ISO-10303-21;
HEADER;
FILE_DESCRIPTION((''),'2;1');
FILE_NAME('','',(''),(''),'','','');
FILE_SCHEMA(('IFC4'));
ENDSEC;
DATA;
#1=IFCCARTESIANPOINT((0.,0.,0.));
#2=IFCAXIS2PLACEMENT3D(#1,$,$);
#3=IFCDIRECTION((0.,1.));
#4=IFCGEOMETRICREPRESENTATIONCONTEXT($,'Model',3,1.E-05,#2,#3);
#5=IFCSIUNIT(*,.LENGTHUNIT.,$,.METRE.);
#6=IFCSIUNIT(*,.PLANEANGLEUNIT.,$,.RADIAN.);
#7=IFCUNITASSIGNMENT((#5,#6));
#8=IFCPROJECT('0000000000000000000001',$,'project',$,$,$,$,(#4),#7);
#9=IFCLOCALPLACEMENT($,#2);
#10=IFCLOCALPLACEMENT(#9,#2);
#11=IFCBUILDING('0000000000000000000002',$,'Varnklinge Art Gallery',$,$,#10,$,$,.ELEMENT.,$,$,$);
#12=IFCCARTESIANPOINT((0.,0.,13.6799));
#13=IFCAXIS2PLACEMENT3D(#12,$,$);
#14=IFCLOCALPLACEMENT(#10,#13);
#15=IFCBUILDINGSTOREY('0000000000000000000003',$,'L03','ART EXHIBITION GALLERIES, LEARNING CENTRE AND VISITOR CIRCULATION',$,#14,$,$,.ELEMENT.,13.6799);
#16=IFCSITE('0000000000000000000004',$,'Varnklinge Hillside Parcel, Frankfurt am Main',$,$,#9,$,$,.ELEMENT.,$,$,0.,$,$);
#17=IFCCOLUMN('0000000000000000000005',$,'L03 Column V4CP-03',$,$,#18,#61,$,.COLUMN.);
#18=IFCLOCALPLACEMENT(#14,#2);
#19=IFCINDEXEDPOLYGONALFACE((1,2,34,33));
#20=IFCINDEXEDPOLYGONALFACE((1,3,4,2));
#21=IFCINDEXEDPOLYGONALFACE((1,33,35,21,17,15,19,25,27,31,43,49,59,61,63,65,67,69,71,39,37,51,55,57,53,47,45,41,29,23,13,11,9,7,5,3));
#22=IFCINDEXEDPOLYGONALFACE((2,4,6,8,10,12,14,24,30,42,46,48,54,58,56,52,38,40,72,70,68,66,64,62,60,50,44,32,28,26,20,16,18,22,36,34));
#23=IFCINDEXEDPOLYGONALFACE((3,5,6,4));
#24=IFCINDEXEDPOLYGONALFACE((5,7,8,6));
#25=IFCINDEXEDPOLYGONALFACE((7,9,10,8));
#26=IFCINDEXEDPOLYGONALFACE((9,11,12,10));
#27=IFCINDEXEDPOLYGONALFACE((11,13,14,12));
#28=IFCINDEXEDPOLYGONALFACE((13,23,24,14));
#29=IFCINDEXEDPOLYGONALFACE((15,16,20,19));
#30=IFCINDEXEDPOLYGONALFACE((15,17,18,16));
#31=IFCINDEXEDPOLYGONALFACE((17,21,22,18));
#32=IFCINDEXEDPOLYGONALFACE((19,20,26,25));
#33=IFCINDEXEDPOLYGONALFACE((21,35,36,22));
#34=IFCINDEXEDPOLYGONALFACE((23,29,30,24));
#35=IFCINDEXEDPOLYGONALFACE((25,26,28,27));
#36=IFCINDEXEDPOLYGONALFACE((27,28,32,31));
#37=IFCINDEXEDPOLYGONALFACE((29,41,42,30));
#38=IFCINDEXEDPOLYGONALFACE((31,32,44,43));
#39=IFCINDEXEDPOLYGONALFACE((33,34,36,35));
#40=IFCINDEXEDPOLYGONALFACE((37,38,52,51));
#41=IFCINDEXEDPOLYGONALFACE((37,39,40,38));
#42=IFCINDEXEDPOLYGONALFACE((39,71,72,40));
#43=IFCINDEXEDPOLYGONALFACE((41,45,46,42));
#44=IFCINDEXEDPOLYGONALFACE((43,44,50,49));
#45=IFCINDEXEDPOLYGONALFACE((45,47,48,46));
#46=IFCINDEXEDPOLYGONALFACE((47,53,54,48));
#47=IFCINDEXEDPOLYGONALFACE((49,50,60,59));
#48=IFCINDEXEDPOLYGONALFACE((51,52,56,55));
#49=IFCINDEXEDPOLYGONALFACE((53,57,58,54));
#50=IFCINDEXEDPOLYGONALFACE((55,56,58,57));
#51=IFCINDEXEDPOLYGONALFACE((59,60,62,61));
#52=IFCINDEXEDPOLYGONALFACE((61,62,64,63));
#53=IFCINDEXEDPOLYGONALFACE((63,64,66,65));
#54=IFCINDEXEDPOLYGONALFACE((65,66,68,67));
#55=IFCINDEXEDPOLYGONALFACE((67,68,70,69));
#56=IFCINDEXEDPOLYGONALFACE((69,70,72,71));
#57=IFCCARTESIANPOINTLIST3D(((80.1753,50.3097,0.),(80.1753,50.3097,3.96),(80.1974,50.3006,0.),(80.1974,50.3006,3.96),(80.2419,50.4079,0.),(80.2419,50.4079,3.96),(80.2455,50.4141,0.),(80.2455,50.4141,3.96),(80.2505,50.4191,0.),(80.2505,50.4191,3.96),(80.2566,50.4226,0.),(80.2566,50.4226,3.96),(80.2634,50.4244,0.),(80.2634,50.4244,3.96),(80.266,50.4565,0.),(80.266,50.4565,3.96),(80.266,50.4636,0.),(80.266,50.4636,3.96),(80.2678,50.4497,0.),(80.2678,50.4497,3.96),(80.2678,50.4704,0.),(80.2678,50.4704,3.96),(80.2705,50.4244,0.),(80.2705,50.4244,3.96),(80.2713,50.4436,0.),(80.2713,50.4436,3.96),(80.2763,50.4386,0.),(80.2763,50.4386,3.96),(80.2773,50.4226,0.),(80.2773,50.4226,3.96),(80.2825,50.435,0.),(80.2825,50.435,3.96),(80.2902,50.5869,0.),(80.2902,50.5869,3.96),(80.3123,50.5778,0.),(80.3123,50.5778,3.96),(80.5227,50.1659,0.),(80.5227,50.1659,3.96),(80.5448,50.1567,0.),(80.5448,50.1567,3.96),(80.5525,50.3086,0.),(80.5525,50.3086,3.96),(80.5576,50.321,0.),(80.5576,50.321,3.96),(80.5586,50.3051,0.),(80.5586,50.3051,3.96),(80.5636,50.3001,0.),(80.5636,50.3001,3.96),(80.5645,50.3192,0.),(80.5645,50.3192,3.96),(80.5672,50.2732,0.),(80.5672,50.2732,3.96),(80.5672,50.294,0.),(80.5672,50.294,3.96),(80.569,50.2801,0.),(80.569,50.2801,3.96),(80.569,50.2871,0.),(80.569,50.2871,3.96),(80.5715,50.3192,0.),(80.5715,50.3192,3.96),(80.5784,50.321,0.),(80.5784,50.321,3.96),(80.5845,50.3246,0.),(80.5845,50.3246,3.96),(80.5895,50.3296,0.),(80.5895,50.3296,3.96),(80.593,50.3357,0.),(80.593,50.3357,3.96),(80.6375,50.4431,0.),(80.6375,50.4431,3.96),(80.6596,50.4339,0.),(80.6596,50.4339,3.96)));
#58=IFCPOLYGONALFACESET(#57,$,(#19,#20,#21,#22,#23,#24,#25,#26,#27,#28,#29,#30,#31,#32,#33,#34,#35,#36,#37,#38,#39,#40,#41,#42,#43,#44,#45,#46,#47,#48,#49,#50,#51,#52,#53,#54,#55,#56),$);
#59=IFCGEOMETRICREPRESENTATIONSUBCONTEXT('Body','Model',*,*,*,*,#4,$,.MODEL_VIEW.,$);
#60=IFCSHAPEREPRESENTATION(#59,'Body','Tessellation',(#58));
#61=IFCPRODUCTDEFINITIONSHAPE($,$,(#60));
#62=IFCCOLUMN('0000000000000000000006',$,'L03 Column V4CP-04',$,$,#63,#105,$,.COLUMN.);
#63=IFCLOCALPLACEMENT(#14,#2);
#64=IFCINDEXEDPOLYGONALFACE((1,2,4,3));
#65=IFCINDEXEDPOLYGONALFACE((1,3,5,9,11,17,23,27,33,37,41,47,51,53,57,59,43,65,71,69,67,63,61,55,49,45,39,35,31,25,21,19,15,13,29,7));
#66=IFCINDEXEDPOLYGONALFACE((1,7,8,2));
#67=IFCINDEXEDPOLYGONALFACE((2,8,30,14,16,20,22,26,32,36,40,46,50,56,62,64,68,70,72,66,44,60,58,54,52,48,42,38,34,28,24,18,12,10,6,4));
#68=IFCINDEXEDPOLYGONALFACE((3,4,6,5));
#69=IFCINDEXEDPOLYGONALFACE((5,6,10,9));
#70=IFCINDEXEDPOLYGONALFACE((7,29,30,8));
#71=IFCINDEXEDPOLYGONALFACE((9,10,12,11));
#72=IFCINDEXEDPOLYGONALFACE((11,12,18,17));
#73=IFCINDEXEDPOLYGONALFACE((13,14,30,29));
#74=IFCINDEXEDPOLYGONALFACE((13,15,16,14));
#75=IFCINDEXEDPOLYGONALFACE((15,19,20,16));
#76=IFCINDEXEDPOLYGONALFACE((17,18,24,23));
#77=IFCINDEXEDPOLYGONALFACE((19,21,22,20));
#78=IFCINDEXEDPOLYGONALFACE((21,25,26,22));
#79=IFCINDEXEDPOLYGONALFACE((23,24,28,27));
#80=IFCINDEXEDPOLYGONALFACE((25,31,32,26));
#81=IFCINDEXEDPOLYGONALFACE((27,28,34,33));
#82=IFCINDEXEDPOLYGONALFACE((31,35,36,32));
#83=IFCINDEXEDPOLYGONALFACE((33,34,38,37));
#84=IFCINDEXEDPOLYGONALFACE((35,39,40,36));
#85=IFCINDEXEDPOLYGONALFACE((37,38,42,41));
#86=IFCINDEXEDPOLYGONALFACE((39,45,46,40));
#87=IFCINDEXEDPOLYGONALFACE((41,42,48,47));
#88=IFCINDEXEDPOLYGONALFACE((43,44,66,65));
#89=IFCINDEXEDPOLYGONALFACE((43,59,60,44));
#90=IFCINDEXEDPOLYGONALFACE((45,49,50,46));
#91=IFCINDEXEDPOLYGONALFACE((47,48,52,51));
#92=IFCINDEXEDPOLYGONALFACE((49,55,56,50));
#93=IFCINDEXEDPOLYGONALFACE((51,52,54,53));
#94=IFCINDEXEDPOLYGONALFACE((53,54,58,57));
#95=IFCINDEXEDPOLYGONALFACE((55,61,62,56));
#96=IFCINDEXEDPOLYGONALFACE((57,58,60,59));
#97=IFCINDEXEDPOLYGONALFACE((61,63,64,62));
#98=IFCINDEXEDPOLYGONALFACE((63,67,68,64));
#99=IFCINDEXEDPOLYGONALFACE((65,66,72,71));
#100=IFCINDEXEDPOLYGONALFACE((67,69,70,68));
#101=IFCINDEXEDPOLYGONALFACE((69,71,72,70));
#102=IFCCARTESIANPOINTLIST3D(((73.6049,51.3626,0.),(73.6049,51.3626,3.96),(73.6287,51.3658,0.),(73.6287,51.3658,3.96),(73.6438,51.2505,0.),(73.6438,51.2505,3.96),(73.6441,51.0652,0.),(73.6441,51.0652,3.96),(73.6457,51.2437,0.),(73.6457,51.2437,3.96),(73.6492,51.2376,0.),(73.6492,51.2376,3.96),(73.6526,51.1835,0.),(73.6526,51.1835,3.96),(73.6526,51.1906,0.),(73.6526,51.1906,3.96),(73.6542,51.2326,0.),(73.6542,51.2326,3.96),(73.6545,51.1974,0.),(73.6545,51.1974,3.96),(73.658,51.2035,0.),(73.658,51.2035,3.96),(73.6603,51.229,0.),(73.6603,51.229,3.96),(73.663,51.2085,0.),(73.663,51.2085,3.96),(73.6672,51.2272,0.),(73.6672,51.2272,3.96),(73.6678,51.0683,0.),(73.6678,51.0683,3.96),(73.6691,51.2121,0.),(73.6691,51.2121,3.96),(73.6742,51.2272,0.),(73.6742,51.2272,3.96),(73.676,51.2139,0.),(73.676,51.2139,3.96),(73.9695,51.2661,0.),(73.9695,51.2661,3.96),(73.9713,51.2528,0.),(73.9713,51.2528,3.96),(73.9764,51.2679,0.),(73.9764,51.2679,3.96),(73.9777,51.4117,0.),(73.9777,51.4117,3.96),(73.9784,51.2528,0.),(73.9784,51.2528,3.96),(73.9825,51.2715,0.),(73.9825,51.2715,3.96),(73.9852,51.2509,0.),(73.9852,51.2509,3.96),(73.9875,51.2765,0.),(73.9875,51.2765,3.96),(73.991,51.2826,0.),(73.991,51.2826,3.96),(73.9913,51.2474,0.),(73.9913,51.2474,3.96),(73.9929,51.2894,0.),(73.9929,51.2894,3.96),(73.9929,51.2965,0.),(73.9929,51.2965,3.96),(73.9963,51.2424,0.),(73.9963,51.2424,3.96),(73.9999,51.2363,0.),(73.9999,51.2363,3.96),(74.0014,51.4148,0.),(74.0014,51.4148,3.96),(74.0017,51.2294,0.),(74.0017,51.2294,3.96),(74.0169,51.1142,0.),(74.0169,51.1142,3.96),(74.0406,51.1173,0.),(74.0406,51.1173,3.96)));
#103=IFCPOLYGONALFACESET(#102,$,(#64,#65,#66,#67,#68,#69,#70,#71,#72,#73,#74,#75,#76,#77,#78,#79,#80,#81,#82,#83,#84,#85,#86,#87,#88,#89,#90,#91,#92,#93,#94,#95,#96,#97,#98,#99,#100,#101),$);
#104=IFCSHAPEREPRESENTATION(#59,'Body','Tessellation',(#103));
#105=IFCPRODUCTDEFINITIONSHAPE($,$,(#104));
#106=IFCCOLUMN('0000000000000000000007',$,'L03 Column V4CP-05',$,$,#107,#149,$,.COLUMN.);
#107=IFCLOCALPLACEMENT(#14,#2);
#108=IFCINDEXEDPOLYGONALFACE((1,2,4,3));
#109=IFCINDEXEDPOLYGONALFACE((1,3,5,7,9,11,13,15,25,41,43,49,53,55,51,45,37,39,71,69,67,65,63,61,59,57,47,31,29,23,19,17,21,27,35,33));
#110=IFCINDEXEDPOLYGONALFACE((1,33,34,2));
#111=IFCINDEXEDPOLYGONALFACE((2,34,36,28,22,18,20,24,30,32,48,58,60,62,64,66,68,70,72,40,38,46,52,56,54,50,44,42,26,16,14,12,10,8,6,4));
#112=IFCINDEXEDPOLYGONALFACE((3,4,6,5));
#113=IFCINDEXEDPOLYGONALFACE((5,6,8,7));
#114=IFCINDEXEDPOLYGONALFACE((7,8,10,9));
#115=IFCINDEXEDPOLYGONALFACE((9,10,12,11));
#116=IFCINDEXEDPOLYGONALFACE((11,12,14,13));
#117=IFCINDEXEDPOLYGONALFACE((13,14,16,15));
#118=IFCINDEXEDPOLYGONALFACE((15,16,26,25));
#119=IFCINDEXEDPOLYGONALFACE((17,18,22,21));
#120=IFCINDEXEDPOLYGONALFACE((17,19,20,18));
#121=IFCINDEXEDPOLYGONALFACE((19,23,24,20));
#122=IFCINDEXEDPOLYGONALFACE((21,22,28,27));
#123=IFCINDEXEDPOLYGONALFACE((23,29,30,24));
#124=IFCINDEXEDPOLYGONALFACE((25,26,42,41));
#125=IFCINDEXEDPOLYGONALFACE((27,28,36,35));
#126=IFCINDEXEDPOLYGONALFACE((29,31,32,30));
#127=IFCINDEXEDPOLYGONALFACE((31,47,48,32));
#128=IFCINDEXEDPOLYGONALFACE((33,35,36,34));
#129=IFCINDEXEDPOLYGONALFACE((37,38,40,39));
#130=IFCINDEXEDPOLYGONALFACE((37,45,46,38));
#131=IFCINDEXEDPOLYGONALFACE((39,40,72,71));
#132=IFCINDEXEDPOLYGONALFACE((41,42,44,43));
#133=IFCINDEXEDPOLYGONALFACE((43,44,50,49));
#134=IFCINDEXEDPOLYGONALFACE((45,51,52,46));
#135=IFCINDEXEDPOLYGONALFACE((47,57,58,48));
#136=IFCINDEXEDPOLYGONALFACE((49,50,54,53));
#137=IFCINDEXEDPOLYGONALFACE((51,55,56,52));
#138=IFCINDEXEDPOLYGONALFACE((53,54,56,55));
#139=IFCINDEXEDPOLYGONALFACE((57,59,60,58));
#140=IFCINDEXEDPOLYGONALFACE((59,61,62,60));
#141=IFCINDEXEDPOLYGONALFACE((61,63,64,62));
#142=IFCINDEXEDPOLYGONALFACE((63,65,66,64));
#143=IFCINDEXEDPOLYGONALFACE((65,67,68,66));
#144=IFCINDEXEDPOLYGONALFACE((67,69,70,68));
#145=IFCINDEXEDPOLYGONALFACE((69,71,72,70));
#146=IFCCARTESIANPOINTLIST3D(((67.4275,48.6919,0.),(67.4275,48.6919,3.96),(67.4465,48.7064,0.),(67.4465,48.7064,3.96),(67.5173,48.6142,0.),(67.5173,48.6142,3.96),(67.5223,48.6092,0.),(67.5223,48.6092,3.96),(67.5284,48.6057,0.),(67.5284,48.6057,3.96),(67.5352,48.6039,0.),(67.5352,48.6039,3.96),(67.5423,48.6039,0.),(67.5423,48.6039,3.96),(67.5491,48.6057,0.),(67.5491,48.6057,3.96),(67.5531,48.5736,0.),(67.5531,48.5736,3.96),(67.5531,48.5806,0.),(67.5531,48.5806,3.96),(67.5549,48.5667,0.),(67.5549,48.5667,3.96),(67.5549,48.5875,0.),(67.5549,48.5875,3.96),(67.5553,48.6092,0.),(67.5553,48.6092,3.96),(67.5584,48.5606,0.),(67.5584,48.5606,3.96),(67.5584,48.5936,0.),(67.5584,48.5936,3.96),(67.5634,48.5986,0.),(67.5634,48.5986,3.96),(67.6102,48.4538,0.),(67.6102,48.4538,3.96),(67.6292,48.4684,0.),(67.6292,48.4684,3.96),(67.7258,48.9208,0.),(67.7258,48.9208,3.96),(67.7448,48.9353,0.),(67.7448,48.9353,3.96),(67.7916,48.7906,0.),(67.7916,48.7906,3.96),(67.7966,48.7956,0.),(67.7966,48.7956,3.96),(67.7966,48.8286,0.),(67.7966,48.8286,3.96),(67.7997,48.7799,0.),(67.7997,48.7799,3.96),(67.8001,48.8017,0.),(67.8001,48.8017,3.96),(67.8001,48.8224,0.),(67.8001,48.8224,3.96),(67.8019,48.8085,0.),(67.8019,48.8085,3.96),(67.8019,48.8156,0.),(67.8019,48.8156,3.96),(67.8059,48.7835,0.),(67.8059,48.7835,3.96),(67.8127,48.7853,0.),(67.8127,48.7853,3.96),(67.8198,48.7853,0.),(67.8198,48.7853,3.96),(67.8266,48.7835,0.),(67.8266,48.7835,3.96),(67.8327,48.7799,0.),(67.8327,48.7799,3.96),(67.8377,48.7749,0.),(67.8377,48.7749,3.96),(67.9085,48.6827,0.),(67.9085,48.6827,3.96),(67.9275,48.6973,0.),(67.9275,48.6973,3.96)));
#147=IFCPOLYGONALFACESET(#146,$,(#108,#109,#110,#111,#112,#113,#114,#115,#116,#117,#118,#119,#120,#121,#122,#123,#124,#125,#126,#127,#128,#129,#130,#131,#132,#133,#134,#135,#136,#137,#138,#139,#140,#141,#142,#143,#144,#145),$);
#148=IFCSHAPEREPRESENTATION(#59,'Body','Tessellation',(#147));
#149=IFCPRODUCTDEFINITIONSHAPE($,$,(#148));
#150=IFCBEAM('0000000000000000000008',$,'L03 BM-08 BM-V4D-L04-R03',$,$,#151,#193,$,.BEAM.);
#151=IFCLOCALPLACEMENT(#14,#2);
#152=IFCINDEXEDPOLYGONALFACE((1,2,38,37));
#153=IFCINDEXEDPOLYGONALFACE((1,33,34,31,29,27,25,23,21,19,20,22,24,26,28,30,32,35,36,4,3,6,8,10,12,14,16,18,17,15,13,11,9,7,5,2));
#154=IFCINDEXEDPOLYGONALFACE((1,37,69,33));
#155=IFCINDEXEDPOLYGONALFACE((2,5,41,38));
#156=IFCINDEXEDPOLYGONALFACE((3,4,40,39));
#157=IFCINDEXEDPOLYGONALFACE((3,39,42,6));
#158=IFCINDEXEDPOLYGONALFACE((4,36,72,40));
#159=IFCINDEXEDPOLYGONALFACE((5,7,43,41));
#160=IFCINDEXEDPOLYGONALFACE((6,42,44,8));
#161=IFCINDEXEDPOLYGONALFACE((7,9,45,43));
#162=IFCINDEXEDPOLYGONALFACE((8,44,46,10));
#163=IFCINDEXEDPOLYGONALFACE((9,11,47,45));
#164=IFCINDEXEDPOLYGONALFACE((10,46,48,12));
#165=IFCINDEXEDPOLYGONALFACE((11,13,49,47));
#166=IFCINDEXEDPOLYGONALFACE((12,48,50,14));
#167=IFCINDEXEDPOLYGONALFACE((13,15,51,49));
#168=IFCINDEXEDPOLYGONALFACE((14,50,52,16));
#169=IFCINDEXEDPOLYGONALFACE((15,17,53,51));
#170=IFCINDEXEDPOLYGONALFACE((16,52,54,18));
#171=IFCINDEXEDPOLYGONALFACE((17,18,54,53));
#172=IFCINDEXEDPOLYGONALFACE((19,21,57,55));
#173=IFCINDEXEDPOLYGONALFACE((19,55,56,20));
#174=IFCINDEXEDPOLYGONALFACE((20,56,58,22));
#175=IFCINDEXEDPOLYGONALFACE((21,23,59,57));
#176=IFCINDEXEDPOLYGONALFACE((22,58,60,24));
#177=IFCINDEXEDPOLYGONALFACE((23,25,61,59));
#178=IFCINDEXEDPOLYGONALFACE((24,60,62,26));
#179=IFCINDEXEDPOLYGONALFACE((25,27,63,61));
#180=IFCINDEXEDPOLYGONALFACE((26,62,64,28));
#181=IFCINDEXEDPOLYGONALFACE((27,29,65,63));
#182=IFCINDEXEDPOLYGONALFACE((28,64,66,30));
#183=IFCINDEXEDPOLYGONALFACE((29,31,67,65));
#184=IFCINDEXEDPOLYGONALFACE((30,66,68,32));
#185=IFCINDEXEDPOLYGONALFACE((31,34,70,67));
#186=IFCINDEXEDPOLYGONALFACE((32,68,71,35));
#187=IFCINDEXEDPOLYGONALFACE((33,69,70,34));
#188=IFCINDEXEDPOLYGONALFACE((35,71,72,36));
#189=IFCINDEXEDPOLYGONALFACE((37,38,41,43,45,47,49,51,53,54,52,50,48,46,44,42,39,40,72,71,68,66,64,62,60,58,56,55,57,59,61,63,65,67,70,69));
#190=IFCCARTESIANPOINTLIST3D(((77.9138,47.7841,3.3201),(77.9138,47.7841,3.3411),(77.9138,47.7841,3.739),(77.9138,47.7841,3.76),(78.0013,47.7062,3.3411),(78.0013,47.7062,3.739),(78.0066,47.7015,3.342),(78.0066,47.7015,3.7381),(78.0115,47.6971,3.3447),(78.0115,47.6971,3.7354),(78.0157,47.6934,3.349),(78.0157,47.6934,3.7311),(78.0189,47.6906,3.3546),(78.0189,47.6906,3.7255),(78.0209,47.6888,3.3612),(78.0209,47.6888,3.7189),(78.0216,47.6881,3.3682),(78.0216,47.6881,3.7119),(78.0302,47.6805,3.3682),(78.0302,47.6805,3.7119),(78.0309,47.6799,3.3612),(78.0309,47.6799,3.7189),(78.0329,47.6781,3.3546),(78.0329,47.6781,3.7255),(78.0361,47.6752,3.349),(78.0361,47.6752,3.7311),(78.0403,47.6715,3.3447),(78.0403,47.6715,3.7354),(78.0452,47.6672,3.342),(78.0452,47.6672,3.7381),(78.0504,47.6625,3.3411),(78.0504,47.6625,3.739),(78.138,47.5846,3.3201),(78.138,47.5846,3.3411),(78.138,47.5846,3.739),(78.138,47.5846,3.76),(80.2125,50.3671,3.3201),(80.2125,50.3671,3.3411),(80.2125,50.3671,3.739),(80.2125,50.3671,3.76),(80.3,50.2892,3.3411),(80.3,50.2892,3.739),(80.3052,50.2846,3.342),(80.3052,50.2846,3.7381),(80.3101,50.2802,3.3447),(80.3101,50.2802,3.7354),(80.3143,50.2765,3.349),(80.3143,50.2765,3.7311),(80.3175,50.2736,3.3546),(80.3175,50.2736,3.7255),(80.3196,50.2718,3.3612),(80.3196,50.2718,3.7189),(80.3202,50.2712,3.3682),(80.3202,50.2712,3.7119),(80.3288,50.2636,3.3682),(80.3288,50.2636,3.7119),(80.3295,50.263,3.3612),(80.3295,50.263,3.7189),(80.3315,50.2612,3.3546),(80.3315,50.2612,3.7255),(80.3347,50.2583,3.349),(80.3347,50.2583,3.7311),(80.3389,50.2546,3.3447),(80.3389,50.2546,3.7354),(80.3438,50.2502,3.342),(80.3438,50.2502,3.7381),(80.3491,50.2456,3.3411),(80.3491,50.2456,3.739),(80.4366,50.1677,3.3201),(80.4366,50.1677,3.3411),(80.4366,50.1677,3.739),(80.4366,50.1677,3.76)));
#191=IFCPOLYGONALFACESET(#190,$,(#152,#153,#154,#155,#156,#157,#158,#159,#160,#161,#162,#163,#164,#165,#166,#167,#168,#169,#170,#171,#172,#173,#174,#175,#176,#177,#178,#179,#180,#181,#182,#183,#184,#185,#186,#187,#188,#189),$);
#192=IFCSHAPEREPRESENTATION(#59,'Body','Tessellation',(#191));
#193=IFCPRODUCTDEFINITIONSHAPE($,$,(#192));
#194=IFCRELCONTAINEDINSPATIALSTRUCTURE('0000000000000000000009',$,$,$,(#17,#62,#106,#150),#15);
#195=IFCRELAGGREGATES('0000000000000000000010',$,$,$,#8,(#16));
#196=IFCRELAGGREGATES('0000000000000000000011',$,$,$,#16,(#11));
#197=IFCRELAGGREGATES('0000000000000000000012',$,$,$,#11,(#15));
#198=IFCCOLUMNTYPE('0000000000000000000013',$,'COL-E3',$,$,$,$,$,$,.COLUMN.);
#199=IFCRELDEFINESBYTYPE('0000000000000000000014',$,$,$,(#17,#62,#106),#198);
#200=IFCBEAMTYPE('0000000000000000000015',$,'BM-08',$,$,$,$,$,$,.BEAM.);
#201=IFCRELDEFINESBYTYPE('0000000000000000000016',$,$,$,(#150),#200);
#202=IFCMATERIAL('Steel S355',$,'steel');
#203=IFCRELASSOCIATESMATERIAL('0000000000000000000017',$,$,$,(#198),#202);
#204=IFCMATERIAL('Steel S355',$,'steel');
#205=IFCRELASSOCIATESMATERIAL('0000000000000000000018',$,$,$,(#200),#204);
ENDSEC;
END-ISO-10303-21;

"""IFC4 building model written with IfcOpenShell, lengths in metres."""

from ifc_helpers import new_model, si_unit, direction, frame, origin, origin_2d, place, context, subcontext, project, spatial, i_section, extrude, material, material_profile, profile_set, type_object, element, save


model = new_model("IFC4")

# Units and contexts
model_context = context("Model", 3, precision=1e-05, world=origin(), true_north=direction((0.0, 1.0)))
body_context = subcontext(model_context, "Body", "Model", "MODEL_VIEW")
ifc_project = project(units=[si_unit("LENGTHUNIT", "METRE"), si_unit("PLANEANGLEUNIT", "RADIAN")], contexts=[model_context])

# Site, building, storey
site_placement = place(None, origin())
site = spatial("IfcSite", under=ifc_project, at=site_placement, Name="Varnklinge Hillside Parcel, Frankfurt am Main", CompositionType="ELEMENT", RefElevation=0.0)
building_placement = place(site_placement, origin())
building = spatial("IfcBuilding", under=site, at=building_placement, Name="Varnklinge Art Gallery", CompositionType="ELEMENT")
storey_placement = place(building_placement, frame((0.0, 0.0, 13.6799)))
storey = spatial("IfcBuildingStorey", under=building, at=storey_placement, Name="L03", Description="ART EXHIBITION GALLERIES, LEARNING CENTRE AND VISITOR CIRCULATION", CompositionType="ELEMENT", Elevation=13.6799)

# Columns
ifc_material_1 = material(Name="Steel S355", Category="steel")
ifc_material_profile_1 = material_profile(ifc_material_1, i_section(OverallWidth=0.3, OverallDepth=0.3999, WebThickness=0.0134, FlangeThickness=0.0239, FilletRadius=0.0271, at=origin_2d()), Name="HEB 400")
ifc_profile_set_1 = profile_set([ifc_material_profile_1], Name="Steel S355")
column_type = type_object("IfcColumnType", Name="COL-E3", PredefinedType="COLUMN", material=ifc_profile_set_1)
for number, where, z_axis, x_axis, name in (
    (1, (80.4175, 50.3718, 0.0), (0.0, 0.0, 1.0), (0.382683, 0.92388, 0.0), "L03 Column V4CP-03"),
    (2, (73.8228, 51.24, 0.0), (0.0, 0.0, 1.0), (-0.130526, 0.991445, 0.0), "L03 Column V4CP-04"),
    (3, (67.6775, 48.6946, 0.0), (0.0, 0.0, 1.0), (-0.608761, 0.793353, 0.0), "L03 Column V4CP-05"),
):
    element("IfcColumn", number, at=place(storey_placement, frame(where, z_axis=z_axis, x_axis=x_axis)), inside=storey, type_object=column_type, Name=name, PredefinedType="COLUMN", context=body_context, shape_type="SweptSolid", body=[
        extrude(i_section(OverallWidth=0.3, OverallDepth=0.3999, WebThickness=0.0134, FlangeThickness=0.0239, FilletRadius=0.0271, at=origin_2d()), origin(), (0.0, 0.0, 1.0), 3.96),
    ])

# Beam
ifc_material_2 = material(Name="Steel S355", Category="steel")
ifc_material_profile_2 = material_profile(ifc_material_2, i_section(OverallWidth=0.3, OverallDepth=0.4399, WebThickness=0.0115, FlangeThickness=0.021, FilletRadius=0.0271, at=origin_2d()), Name="HEA 450")
ifc_profile_set_2 = profile_set([ifc_material_profile_2], Name="Steel S355")
beam_type_1 = type_object("IfcBeamType", Name="BM-08", PredefinedType="BEAM", material=ifc_profile_set_2)
beam_1_placement = place(storey_placement, frame((78.0259, 47.6843, 3.54), z_axis=(0.66478, 0.747039, 0.0), x_axis=(-0.747039, 0.66478, 0.0)))
element("IfcBeam", 4, at=beam_1_placement, inside=storey, type_object=beam_type_1, Name="L03 BM-08 BM-V4D-L04-R03", PredefinedType="BEAM", context=body_context, shape_type="SweptSolid", body=[
    extrude(i_section(OverallWidth=0.3, OverallDepth=0.4399, WebThickness=0.0115, FlangeThickness=0.021, FilletRadius=0.0271, at=origin_2d()), origin(), (0.0, 0.0, 1.0), 3.4578),
])

save(model, "model.ifc")
